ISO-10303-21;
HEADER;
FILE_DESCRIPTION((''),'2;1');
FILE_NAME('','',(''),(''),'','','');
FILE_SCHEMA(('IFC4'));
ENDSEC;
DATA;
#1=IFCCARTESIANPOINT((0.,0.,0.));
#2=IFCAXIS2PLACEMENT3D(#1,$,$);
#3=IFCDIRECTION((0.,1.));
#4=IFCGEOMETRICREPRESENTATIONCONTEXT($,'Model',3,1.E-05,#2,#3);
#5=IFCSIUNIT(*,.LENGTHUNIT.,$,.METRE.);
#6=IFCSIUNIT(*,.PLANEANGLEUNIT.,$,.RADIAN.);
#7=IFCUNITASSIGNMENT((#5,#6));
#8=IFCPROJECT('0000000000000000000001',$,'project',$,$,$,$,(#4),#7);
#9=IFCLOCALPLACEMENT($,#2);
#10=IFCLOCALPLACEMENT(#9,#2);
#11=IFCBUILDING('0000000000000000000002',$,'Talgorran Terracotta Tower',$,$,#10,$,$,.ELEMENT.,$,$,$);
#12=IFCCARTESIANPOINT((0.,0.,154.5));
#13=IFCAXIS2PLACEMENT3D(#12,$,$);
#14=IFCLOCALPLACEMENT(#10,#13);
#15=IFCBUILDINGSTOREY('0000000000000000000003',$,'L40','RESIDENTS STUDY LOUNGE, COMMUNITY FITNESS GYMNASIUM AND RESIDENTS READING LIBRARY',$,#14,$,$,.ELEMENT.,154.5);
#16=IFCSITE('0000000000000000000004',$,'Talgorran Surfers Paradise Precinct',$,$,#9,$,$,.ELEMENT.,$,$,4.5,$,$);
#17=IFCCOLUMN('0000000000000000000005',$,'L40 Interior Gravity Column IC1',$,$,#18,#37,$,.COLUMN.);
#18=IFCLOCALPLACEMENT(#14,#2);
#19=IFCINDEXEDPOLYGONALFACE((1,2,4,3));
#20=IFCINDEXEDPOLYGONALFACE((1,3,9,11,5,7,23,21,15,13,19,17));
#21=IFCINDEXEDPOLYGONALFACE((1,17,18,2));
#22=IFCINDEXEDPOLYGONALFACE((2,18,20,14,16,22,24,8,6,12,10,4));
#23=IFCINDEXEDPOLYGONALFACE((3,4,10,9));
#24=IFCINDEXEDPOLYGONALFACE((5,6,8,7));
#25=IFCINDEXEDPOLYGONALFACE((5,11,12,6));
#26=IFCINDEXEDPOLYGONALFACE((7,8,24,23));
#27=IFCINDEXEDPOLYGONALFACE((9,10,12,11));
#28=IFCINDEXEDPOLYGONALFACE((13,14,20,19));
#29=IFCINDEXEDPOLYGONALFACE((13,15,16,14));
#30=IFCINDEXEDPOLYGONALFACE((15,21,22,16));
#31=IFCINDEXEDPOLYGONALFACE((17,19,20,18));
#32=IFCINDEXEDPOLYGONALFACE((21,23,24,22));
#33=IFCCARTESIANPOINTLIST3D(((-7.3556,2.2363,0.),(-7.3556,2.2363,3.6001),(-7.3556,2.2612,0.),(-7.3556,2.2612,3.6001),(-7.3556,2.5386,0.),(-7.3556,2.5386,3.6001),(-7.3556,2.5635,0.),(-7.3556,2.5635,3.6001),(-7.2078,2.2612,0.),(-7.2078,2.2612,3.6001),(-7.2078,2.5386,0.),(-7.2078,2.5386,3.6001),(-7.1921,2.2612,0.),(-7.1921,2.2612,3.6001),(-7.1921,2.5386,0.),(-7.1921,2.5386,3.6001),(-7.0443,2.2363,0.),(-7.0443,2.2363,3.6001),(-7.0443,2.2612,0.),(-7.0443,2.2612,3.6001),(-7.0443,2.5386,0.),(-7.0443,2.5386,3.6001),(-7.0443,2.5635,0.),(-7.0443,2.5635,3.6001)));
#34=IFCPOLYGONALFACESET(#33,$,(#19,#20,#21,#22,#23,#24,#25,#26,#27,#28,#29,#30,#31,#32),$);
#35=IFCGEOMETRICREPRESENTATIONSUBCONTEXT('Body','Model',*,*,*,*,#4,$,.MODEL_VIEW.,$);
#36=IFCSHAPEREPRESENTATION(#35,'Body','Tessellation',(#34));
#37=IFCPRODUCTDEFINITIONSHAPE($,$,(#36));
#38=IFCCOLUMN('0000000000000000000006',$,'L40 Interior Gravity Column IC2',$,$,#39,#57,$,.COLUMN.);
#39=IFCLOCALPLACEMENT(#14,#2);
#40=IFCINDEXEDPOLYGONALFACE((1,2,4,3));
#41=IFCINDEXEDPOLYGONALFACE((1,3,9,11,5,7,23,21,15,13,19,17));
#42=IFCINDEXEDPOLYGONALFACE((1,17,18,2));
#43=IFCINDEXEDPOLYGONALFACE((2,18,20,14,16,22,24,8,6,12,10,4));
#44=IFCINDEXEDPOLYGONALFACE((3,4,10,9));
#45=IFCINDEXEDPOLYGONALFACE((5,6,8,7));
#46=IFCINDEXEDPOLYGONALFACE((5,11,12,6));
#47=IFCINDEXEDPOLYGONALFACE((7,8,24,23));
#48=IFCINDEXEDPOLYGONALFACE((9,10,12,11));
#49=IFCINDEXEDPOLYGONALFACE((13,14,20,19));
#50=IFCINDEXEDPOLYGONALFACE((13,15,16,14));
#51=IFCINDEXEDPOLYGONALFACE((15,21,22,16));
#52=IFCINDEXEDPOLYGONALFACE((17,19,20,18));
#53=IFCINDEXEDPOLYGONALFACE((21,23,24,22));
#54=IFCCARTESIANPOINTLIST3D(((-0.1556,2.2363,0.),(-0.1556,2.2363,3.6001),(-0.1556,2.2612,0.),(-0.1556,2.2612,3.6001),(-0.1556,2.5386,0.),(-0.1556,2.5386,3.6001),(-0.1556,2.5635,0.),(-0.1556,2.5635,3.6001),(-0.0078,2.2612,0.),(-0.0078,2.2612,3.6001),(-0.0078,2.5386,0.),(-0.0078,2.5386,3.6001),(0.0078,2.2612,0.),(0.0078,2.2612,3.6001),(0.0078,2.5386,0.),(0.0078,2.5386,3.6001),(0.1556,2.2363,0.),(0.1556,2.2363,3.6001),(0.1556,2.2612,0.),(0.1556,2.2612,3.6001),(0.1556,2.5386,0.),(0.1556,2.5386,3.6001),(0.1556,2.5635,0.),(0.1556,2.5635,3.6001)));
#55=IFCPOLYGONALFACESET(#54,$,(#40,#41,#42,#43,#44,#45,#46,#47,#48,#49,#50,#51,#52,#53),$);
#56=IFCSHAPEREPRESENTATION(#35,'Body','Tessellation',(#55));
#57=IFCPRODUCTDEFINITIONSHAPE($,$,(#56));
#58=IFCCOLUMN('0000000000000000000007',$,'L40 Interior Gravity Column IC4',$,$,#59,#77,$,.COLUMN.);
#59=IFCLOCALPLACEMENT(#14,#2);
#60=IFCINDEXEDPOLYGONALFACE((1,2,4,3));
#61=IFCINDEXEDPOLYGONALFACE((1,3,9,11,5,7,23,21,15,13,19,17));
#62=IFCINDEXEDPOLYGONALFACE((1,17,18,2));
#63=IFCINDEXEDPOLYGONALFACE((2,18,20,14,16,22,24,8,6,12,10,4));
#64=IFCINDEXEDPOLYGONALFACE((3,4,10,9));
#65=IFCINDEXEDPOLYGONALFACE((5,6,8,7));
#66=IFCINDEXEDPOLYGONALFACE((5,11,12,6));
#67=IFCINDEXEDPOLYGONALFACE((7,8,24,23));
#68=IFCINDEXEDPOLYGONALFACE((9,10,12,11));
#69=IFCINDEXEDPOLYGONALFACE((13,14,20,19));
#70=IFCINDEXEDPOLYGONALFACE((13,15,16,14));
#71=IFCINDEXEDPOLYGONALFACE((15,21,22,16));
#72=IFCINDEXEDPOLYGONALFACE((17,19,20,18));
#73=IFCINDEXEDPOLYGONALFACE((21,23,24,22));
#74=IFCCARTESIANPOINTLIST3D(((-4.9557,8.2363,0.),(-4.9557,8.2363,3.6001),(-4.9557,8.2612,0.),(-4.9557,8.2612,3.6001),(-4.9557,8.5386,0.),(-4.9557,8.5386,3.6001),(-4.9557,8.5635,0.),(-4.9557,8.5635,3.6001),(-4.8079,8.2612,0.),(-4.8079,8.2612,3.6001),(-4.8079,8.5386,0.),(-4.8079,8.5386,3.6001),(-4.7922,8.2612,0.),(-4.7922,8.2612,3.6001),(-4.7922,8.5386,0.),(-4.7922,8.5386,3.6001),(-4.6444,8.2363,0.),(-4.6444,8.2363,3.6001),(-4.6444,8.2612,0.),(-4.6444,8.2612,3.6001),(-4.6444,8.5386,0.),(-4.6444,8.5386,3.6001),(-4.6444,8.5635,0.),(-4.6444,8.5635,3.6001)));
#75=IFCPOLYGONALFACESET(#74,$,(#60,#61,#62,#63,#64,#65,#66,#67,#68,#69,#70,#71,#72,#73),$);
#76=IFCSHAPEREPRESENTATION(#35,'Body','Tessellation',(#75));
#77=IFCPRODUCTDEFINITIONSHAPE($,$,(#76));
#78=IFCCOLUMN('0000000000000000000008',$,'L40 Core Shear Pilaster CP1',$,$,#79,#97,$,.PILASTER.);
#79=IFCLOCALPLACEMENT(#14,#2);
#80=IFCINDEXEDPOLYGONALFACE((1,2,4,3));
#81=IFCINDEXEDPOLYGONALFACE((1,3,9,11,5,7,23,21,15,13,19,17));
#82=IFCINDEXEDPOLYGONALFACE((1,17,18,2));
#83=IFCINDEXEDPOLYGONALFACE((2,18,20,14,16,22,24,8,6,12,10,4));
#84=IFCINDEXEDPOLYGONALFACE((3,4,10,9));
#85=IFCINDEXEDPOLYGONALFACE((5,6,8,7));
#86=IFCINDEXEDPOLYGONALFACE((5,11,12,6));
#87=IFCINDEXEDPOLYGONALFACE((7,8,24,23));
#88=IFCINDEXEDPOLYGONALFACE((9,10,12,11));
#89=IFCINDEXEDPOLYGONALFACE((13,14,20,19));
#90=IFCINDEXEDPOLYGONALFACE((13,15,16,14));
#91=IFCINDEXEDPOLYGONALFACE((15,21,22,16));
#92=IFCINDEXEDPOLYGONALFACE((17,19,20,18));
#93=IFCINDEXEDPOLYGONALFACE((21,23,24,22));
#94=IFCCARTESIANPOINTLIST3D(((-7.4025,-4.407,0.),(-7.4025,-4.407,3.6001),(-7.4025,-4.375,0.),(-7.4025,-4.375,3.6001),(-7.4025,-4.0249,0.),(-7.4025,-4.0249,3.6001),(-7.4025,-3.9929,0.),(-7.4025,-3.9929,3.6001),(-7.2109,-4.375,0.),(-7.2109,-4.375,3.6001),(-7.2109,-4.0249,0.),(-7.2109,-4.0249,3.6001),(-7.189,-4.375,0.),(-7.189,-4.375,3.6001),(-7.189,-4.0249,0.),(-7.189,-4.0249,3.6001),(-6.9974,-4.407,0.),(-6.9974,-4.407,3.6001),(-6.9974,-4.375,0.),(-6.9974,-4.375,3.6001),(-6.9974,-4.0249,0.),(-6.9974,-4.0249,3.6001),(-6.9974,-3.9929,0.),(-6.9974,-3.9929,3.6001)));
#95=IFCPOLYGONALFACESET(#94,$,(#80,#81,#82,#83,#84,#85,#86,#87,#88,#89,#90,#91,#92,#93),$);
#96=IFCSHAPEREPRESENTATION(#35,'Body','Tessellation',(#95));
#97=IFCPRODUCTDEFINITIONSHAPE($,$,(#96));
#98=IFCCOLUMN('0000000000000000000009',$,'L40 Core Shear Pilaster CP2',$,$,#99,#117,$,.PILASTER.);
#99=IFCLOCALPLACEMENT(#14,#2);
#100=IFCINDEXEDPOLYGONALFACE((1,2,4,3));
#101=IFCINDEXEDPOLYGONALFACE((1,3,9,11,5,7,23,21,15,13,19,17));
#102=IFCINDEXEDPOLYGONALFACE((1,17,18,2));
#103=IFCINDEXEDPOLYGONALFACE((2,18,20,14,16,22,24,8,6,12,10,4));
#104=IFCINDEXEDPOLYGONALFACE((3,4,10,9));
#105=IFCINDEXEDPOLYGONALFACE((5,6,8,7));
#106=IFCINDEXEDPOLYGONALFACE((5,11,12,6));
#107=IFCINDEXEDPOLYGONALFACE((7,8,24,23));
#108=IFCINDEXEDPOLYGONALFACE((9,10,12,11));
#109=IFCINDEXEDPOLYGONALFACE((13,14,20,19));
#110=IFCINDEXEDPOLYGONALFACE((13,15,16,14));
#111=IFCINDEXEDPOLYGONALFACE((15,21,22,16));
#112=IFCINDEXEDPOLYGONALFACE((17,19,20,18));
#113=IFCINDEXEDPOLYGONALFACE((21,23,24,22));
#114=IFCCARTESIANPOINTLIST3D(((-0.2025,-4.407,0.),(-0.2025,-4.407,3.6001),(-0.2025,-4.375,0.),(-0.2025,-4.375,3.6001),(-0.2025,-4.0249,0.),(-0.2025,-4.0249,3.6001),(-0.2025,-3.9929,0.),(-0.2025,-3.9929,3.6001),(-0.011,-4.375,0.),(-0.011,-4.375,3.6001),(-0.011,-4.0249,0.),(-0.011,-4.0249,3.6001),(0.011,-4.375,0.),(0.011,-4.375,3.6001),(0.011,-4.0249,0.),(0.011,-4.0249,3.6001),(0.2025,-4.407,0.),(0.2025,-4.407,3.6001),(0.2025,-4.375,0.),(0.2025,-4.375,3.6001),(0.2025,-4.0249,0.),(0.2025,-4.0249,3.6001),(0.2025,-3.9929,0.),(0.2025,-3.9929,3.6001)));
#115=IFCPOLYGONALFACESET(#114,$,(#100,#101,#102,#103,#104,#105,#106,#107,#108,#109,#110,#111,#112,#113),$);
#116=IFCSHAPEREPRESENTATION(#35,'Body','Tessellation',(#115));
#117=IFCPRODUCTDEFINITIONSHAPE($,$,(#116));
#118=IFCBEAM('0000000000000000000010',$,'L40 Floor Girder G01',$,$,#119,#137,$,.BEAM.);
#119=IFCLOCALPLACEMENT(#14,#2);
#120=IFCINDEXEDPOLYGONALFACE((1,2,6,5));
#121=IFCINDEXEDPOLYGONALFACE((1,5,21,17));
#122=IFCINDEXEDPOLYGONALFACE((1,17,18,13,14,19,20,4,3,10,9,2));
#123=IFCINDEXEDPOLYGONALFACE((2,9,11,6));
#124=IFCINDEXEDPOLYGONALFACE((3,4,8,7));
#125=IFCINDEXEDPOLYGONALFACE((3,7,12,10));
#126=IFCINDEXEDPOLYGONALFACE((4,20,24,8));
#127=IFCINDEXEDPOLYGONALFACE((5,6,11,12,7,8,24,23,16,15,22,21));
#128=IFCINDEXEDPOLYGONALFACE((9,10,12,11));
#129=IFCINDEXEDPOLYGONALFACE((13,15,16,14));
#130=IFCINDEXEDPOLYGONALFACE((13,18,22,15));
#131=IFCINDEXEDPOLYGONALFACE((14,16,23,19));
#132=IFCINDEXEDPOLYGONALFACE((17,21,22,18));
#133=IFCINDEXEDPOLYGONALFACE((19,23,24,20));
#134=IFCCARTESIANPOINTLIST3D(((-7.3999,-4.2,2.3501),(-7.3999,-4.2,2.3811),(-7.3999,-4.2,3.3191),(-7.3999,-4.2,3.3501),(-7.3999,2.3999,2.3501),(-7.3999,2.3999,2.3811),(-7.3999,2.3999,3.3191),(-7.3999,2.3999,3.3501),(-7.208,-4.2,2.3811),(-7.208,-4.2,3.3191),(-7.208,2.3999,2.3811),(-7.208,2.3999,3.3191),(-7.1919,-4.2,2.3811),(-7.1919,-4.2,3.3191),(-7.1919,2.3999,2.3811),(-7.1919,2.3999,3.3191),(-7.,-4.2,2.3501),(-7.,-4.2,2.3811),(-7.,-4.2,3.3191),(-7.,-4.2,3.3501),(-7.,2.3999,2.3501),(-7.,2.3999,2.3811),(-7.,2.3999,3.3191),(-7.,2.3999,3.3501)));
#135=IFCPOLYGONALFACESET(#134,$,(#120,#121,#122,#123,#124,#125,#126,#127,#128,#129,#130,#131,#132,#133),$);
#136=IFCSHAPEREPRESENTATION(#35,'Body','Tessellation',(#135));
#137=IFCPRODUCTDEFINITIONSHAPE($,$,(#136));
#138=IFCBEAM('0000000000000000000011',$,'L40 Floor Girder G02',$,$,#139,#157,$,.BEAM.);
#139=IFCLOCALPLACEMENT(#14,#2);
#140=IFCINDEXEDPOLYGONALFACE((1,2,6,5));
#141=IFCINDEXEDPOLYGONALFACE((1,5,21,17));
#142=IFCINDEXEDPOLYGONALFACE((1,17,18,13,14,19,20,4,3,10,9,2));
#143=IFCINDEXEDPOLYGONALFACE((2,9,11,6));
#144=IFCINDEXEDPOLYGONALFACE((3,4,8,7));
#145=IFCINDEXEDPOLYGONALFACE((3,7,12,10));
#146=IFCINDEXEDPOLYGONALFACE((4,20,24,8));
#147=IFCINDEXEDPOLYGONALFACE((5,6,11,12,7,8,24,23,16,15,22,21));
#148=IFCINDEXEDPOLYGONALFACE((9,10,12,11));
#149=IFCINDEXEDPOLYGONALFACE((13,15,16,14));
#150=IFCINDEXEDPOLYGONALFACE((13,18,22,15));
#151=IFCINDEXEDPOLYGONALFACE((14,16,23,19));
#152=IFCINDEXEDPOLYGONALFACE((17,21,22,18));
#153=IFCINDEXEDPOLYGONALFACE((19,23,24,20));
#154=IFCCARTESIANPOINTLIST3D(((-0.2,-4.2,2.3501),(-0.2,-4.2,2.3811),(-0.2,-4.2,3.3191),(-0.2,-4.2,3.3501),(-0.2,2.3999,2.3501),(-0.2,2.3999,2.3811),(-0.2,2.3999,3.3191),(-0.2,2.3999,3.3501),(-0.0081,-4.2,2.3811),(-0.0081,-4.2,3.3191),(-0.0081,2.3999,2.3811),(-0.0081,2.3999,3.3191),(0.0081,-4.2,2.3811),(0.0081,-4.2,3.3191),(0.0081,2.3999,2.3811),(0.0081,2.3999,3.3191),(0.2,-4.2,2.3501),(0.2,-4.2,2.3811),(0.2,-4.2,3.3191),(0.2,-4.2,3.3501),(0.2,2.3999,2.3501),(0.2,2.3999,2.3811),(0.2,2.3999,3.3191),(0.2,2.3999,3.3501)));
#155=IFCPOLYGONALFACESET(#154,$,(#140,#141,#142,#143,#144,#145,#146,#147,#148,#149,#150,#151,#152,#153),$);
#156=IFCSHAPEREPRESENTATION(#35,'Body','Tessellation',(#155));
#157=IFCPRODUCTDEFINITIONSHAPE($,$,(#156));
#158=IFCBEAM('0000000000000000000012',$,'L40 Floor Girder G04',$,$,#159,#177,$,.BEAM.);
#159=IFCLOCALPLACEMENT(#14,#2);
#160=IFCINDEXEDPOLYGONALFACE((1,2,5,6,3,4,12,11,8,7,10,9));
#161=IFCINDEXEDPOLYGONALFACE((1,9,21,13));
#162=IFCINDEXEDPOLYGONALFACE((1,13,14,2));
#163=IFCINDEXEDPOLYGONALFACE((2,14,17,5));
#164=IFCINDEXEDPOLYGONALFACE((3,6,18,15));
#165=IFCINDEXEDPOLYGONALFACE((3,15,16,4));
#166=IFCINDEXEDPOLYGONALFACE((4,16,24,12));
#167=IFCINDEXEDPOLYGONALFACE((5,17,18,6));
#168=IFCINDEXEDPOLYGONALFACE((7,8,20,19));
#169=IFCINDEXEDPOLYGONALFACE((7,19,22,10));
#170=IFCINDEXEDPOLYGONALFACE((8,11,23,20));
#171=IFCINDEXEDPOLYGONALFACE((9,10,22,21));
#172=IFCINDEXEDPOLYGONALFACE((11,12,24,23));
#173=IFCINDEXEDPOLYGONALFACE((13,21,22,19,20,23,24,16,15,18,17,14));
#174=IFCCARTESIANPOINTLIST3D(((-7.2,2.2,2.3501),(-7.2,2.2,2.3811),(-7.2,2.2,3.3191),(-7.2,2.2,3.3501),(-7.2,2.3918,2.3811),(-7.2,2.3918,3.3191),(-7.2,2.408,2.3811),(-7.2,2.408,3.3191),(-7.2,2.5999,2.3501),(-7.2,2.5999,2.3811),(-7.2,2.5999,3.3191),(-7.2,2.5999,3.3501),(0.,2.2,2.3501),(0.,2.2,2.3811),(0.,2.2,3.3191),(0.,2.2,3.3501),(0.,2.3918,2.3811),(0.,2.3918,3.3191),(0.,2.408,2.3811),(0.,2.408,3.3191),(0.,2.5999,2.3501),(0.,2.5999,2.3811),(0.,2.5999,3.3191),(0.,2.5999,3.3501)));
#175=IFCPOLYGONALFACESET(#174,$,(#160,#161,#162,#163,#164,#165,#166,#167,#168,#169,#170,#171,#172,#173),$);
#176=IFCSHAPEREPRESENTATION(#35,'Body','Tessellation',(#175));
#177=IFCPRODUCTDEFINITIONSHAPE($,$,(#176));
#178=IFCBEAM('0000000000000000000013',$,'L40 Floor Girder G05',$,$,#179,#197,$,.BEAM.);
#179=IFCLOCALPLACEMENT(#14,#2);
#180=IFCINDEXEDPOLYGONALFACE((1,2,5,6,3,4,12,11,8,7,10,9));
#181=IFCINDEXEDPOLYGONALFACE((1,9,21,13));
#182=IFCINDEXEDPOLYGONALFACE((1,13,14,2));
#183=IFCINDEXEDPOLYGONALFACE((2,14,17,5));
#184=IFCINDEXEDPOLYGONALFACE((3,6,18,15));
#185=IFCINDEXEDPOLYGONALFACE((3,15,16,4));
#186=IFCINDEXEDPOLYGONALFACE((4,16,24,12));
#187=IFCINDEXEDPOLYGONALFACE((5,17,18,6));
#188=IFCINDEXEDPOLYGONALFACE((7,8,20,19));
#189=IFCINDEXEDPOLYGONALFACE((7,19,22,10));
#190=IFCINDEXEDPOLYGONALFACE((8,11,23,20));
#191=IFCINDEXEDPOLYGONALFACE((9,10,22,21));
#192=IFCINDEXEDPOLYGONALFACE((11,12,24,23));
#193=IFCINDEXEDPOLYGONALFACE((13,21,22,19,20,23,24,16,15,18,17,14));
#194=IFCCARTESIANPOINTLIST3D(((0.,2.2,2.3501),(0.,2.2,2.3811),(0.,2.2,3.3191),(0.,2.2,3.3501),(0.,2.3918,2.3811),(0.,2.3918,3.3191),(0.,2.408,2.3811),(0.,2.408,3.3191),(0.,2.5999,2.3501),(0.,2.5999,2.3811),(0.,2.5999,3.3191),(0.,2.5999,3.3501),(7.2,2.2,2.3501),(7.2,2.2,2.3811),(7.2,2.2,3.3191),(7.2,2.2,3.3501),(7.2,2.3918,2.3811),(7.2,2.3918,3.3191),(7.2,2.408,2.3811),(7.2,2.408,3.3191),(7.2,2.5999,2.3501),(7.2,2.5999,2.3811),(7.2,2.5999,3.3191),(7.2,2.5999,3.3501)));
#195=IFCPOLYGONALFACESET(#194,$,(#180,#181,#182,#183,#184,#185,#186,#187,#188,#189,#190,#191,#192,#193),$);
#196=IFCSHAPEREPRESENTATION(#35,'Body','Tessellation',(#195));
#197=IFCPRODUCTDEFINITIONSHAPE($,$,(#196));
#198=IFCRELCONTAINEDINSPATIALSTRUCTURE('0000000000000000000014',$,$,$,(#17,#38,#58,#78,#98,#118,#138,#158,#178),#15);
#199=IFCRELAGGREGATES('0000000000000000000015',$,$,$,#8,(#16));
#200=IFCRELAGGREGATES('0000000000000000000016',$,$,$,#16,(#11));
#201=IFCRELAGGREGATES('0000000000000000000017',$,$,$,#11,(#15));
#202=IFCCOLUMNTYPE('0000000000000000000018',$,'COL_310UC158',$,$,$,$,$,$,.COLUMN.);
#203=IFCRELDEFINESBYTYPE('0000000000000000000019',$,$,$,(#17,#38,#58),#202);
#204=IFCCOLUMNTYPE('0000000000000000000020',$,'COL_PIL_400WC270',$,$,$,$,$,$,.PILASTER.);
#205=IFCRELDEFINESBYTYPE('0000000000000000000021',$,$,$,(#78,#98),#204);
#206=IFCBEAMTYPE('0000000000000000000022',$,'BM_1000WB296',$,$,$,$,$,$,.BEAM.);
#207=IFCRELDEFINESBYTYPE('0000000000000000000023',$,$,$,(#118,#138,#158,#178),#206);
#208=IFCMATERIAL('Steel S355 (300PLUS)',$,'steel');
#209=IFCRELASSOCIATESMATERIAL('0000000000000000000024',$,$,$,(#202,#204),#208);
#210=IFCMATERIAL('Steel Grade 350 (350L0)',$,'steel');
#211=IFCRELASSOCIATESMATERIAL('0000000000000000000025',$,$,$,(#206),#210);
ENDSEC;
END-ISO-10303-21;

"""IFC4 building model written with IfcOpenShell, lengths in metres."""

from ifc_helpers import new_model, si_unit, direction, frame, origin, origin_2d, place, context, subcontext, project, spatial, i_section, extrude, material, material_profile, profile_set, type_object, element, save


model = new_model("IFC4")

# Units and contexts
model_context = context("Model", 3, precision=1e-05, world=origin(), true_north=direction((0.0, 1.0)))
body_context = subcontext(model_context, "Body", "Model", "MODEL_VIEW")
ifc_project = project(units=[si_unit("LENGTHUNIT", "METRE"), si_unit("PLANEANGLEUNIT", "RADIAN")], contexts=[model_context])

# Site, building, storey
site_placement = place(None, origin())
site = spatial("IfcSite", under=ifc_project, at=site_placement, Name="Talgorran Surfers Paradise Precinct", CompositionType="ELEMENT", RefElevation=4.5)
building_placement = place(site_placement, origin())
building = spatial("IfcBuilding", under=site, at=building_placement, Name="Talgorran Terracotta Tower", CompositionType="ELEMENT")
storey_placement = place(building_placement, frame((0.0, 0.0, 154.5)))
storey = spatial("IfcBuildingStorey", under=building, at=storey_placement, Name="L40", Description="RESIDENTS STUDY LOUNGE, COMMUNITY FITNESS GYMNASIUM AND RESIDENTS READING LIBRARY", CompositionType="ELEMENT", Elevation=154.5)

# Columns
ifc_material_1 = material(Name="Steel S355 (300PLUS)", Category="steel")
ifc_material_profile_1 = material_profile(ifc_material_1, i_section(OverallWidth=0.3113, OverallDepth=0.3271, WebThickness=0.0156, FlangeThickness=0.0249, at=origin_2d()), Name="310UC158")
ifc_profile_set_1 = profile_set([ifc_material_profile_1], Name="Steel S355 (300PLUS)")
column_type_1 = type_object("IfcColumnType", Name="COL_310UC158", PredefinedType="COLUMN", material=ifc_profile_set_1)
for number, where, z_axis, x_axis, name in (
    (1, (-7.2, 2.3999, 0.0), (0.0, 0.0, 1.0), (1.0, 0.0, 0.0), "L40 Interior Gravity Column IC1"),
    (2, (0.0, 2.3999, 0.0), (0.0, 0.0, 1.0), (1.0, 0.0, 0.0), "L40 Interior Gravity Column IC2"),
    (3, (-4.8, 8.3999, 0.0), (0.0, 0.0, 1.0), (1.0, 0.0, 0.0), "L40 Interior Gravity Column IC4"),
):
    element("IfcColumn", number, at=place(storey_placement, frame(where, z_axis=z_axis, x_axis=x_axis)), inside=storey, type_object=column_type_1, Name=name, PredefinedType="COLUMN", context=body_context, shape_type="SweptSolid", body=[
        extrude(i_section(OverallWidth=0.3113, OverallDepth=0.3271, WebThickness=0.0156, FlangeThickness=0.0249, at=origin_2d()), origin(), (0.0, 0.0, 1.0), 3.6001),
    ])
ifc_material_profile_2 = material_profile(ifc_material_1, i_section(OverallWidth=0.405, OverallDepth=0.4141, WebThickness=0.022, FlangeThickness=0.032, at=origin_2d()), Name="400WC270")
ifc_profile_set_2 = profile_set([ifc_material_profile_2], Name="Steel S355 (300PLUS)")
column_type_2 = type_object("IfcColumnType", Name="COL_PIL_400WC270", PredefinedType="PILASTER", material=ifc_profile_set_2)
for number, where, z_axis, x_axis, name in (
    (4, (-7.2, -4.2, 0.0), (0.0, 0.0, 1.0), (1.0, 0.0, 0.0), "L40 Core Shear Pilaster CP1"),
    (5, (0.0, -4.2, 0.0), (0.0, 0.0, 1.0), (1.0, 0.0, 0.0), "L40 Core Shear Pilaster CP2"),
):
    element("IfcColumn", number, at=place(storey_placement, frame(where, z_axis=z_axis, x_axis=x_axis)), inside=storey, type_object=column_type_2, Name=name, PredefinedType="PILASTER", context=body_context, shape_type="SweptSolid", body=[
        extrude(i_section(OverallWidth=0.405, OverallDepth=0.4141, WebThickness=0.022, FlangeThickness=0.032, at=origin_2d()), origin(), (0.0, 0.0, 1.0), 3.6001),
    ])

# Beams
ifc_material_2 = material(Name="Steel Grade 350 (350L0)", Category="steel")
ifc_material_profile_3 = material_profile(ifc_material_2, i_section(OverallWidth=0.3999, OverallDepth=1.0, WebThickness=0.0161, FlangeThickness=0.031, at=origin_2d()), Name="1000WB296")
ifc_profile_set_3 = profile_set([ifc_material_profile_3], Name="Steel Grade 350 (350L0)")
beam_type_1 = type_object("IfcBeamType", Name="BM_1000WB296", PredefinedType="BEAM", material=ifc_profile_set_3)
for number, where, z_axis, x_axis, name in (
    (6, (-7.2, -4.2, 2.8501), (0.0, 1.0, 0.0), (-1.0, 0.0, 0.0), "L40 Floor Girder G01"),
    (7, (0.0, -4.2, 2.8501), (0.0, 1.0, 0.0), (-1.0, 0.0, 0.0), "L40 Floor Girder G02"),
):
    element("IfcBeam", number, at=place(storey_placement, frame(where, z_axis=z_axis, x_axis=x_axis)), inside=storey, type_object=beam_type_1, Name=name, PredefinedType="BEAM", context=body_context, shape_type="SweptSolid", body=[
        extrude(i_section(OverallWidth=0.3999, OverallDepth=1.0, WebThickness=0.0161, FlangeThickness=0.031, at=origin_2d()), origin(), (0.0, 0.0, 1.0), 6.5999),
    ])
for number, where, z_axis, x_axis, name in (
    (8, (-7.2, 2.3999, 2.8501), (1.0, 0.0, 0.0), (0.0, 1.0, 0.0), "L40 Floor Girder G04"),
    (9, (0.0, 2.3999, 2.8501), (1.0, 0.0, 0.0), (0.0, 1.0, 0.0), "L40 Floor Girder G05"),
):
    element("IfcBeam", number, at=place(storey_placement, frame(where, z_axis=z_axis, x_axis=x_axis)), inside=storey, type_object=beam_type_1, Name=name, PredefinedType="BEAM", context=body_context, shape_type="SweptSolid", body=[
        extrude(i_section(OverallWidth=0.3999, OverallDepth=1.0, WebThickness=0.0161, FlangeThickness=0.031, at=origin_2d()), origin(), (0.0, 0.0, 1.0), 7.2),
    ])

save(model, "model.ifc")
